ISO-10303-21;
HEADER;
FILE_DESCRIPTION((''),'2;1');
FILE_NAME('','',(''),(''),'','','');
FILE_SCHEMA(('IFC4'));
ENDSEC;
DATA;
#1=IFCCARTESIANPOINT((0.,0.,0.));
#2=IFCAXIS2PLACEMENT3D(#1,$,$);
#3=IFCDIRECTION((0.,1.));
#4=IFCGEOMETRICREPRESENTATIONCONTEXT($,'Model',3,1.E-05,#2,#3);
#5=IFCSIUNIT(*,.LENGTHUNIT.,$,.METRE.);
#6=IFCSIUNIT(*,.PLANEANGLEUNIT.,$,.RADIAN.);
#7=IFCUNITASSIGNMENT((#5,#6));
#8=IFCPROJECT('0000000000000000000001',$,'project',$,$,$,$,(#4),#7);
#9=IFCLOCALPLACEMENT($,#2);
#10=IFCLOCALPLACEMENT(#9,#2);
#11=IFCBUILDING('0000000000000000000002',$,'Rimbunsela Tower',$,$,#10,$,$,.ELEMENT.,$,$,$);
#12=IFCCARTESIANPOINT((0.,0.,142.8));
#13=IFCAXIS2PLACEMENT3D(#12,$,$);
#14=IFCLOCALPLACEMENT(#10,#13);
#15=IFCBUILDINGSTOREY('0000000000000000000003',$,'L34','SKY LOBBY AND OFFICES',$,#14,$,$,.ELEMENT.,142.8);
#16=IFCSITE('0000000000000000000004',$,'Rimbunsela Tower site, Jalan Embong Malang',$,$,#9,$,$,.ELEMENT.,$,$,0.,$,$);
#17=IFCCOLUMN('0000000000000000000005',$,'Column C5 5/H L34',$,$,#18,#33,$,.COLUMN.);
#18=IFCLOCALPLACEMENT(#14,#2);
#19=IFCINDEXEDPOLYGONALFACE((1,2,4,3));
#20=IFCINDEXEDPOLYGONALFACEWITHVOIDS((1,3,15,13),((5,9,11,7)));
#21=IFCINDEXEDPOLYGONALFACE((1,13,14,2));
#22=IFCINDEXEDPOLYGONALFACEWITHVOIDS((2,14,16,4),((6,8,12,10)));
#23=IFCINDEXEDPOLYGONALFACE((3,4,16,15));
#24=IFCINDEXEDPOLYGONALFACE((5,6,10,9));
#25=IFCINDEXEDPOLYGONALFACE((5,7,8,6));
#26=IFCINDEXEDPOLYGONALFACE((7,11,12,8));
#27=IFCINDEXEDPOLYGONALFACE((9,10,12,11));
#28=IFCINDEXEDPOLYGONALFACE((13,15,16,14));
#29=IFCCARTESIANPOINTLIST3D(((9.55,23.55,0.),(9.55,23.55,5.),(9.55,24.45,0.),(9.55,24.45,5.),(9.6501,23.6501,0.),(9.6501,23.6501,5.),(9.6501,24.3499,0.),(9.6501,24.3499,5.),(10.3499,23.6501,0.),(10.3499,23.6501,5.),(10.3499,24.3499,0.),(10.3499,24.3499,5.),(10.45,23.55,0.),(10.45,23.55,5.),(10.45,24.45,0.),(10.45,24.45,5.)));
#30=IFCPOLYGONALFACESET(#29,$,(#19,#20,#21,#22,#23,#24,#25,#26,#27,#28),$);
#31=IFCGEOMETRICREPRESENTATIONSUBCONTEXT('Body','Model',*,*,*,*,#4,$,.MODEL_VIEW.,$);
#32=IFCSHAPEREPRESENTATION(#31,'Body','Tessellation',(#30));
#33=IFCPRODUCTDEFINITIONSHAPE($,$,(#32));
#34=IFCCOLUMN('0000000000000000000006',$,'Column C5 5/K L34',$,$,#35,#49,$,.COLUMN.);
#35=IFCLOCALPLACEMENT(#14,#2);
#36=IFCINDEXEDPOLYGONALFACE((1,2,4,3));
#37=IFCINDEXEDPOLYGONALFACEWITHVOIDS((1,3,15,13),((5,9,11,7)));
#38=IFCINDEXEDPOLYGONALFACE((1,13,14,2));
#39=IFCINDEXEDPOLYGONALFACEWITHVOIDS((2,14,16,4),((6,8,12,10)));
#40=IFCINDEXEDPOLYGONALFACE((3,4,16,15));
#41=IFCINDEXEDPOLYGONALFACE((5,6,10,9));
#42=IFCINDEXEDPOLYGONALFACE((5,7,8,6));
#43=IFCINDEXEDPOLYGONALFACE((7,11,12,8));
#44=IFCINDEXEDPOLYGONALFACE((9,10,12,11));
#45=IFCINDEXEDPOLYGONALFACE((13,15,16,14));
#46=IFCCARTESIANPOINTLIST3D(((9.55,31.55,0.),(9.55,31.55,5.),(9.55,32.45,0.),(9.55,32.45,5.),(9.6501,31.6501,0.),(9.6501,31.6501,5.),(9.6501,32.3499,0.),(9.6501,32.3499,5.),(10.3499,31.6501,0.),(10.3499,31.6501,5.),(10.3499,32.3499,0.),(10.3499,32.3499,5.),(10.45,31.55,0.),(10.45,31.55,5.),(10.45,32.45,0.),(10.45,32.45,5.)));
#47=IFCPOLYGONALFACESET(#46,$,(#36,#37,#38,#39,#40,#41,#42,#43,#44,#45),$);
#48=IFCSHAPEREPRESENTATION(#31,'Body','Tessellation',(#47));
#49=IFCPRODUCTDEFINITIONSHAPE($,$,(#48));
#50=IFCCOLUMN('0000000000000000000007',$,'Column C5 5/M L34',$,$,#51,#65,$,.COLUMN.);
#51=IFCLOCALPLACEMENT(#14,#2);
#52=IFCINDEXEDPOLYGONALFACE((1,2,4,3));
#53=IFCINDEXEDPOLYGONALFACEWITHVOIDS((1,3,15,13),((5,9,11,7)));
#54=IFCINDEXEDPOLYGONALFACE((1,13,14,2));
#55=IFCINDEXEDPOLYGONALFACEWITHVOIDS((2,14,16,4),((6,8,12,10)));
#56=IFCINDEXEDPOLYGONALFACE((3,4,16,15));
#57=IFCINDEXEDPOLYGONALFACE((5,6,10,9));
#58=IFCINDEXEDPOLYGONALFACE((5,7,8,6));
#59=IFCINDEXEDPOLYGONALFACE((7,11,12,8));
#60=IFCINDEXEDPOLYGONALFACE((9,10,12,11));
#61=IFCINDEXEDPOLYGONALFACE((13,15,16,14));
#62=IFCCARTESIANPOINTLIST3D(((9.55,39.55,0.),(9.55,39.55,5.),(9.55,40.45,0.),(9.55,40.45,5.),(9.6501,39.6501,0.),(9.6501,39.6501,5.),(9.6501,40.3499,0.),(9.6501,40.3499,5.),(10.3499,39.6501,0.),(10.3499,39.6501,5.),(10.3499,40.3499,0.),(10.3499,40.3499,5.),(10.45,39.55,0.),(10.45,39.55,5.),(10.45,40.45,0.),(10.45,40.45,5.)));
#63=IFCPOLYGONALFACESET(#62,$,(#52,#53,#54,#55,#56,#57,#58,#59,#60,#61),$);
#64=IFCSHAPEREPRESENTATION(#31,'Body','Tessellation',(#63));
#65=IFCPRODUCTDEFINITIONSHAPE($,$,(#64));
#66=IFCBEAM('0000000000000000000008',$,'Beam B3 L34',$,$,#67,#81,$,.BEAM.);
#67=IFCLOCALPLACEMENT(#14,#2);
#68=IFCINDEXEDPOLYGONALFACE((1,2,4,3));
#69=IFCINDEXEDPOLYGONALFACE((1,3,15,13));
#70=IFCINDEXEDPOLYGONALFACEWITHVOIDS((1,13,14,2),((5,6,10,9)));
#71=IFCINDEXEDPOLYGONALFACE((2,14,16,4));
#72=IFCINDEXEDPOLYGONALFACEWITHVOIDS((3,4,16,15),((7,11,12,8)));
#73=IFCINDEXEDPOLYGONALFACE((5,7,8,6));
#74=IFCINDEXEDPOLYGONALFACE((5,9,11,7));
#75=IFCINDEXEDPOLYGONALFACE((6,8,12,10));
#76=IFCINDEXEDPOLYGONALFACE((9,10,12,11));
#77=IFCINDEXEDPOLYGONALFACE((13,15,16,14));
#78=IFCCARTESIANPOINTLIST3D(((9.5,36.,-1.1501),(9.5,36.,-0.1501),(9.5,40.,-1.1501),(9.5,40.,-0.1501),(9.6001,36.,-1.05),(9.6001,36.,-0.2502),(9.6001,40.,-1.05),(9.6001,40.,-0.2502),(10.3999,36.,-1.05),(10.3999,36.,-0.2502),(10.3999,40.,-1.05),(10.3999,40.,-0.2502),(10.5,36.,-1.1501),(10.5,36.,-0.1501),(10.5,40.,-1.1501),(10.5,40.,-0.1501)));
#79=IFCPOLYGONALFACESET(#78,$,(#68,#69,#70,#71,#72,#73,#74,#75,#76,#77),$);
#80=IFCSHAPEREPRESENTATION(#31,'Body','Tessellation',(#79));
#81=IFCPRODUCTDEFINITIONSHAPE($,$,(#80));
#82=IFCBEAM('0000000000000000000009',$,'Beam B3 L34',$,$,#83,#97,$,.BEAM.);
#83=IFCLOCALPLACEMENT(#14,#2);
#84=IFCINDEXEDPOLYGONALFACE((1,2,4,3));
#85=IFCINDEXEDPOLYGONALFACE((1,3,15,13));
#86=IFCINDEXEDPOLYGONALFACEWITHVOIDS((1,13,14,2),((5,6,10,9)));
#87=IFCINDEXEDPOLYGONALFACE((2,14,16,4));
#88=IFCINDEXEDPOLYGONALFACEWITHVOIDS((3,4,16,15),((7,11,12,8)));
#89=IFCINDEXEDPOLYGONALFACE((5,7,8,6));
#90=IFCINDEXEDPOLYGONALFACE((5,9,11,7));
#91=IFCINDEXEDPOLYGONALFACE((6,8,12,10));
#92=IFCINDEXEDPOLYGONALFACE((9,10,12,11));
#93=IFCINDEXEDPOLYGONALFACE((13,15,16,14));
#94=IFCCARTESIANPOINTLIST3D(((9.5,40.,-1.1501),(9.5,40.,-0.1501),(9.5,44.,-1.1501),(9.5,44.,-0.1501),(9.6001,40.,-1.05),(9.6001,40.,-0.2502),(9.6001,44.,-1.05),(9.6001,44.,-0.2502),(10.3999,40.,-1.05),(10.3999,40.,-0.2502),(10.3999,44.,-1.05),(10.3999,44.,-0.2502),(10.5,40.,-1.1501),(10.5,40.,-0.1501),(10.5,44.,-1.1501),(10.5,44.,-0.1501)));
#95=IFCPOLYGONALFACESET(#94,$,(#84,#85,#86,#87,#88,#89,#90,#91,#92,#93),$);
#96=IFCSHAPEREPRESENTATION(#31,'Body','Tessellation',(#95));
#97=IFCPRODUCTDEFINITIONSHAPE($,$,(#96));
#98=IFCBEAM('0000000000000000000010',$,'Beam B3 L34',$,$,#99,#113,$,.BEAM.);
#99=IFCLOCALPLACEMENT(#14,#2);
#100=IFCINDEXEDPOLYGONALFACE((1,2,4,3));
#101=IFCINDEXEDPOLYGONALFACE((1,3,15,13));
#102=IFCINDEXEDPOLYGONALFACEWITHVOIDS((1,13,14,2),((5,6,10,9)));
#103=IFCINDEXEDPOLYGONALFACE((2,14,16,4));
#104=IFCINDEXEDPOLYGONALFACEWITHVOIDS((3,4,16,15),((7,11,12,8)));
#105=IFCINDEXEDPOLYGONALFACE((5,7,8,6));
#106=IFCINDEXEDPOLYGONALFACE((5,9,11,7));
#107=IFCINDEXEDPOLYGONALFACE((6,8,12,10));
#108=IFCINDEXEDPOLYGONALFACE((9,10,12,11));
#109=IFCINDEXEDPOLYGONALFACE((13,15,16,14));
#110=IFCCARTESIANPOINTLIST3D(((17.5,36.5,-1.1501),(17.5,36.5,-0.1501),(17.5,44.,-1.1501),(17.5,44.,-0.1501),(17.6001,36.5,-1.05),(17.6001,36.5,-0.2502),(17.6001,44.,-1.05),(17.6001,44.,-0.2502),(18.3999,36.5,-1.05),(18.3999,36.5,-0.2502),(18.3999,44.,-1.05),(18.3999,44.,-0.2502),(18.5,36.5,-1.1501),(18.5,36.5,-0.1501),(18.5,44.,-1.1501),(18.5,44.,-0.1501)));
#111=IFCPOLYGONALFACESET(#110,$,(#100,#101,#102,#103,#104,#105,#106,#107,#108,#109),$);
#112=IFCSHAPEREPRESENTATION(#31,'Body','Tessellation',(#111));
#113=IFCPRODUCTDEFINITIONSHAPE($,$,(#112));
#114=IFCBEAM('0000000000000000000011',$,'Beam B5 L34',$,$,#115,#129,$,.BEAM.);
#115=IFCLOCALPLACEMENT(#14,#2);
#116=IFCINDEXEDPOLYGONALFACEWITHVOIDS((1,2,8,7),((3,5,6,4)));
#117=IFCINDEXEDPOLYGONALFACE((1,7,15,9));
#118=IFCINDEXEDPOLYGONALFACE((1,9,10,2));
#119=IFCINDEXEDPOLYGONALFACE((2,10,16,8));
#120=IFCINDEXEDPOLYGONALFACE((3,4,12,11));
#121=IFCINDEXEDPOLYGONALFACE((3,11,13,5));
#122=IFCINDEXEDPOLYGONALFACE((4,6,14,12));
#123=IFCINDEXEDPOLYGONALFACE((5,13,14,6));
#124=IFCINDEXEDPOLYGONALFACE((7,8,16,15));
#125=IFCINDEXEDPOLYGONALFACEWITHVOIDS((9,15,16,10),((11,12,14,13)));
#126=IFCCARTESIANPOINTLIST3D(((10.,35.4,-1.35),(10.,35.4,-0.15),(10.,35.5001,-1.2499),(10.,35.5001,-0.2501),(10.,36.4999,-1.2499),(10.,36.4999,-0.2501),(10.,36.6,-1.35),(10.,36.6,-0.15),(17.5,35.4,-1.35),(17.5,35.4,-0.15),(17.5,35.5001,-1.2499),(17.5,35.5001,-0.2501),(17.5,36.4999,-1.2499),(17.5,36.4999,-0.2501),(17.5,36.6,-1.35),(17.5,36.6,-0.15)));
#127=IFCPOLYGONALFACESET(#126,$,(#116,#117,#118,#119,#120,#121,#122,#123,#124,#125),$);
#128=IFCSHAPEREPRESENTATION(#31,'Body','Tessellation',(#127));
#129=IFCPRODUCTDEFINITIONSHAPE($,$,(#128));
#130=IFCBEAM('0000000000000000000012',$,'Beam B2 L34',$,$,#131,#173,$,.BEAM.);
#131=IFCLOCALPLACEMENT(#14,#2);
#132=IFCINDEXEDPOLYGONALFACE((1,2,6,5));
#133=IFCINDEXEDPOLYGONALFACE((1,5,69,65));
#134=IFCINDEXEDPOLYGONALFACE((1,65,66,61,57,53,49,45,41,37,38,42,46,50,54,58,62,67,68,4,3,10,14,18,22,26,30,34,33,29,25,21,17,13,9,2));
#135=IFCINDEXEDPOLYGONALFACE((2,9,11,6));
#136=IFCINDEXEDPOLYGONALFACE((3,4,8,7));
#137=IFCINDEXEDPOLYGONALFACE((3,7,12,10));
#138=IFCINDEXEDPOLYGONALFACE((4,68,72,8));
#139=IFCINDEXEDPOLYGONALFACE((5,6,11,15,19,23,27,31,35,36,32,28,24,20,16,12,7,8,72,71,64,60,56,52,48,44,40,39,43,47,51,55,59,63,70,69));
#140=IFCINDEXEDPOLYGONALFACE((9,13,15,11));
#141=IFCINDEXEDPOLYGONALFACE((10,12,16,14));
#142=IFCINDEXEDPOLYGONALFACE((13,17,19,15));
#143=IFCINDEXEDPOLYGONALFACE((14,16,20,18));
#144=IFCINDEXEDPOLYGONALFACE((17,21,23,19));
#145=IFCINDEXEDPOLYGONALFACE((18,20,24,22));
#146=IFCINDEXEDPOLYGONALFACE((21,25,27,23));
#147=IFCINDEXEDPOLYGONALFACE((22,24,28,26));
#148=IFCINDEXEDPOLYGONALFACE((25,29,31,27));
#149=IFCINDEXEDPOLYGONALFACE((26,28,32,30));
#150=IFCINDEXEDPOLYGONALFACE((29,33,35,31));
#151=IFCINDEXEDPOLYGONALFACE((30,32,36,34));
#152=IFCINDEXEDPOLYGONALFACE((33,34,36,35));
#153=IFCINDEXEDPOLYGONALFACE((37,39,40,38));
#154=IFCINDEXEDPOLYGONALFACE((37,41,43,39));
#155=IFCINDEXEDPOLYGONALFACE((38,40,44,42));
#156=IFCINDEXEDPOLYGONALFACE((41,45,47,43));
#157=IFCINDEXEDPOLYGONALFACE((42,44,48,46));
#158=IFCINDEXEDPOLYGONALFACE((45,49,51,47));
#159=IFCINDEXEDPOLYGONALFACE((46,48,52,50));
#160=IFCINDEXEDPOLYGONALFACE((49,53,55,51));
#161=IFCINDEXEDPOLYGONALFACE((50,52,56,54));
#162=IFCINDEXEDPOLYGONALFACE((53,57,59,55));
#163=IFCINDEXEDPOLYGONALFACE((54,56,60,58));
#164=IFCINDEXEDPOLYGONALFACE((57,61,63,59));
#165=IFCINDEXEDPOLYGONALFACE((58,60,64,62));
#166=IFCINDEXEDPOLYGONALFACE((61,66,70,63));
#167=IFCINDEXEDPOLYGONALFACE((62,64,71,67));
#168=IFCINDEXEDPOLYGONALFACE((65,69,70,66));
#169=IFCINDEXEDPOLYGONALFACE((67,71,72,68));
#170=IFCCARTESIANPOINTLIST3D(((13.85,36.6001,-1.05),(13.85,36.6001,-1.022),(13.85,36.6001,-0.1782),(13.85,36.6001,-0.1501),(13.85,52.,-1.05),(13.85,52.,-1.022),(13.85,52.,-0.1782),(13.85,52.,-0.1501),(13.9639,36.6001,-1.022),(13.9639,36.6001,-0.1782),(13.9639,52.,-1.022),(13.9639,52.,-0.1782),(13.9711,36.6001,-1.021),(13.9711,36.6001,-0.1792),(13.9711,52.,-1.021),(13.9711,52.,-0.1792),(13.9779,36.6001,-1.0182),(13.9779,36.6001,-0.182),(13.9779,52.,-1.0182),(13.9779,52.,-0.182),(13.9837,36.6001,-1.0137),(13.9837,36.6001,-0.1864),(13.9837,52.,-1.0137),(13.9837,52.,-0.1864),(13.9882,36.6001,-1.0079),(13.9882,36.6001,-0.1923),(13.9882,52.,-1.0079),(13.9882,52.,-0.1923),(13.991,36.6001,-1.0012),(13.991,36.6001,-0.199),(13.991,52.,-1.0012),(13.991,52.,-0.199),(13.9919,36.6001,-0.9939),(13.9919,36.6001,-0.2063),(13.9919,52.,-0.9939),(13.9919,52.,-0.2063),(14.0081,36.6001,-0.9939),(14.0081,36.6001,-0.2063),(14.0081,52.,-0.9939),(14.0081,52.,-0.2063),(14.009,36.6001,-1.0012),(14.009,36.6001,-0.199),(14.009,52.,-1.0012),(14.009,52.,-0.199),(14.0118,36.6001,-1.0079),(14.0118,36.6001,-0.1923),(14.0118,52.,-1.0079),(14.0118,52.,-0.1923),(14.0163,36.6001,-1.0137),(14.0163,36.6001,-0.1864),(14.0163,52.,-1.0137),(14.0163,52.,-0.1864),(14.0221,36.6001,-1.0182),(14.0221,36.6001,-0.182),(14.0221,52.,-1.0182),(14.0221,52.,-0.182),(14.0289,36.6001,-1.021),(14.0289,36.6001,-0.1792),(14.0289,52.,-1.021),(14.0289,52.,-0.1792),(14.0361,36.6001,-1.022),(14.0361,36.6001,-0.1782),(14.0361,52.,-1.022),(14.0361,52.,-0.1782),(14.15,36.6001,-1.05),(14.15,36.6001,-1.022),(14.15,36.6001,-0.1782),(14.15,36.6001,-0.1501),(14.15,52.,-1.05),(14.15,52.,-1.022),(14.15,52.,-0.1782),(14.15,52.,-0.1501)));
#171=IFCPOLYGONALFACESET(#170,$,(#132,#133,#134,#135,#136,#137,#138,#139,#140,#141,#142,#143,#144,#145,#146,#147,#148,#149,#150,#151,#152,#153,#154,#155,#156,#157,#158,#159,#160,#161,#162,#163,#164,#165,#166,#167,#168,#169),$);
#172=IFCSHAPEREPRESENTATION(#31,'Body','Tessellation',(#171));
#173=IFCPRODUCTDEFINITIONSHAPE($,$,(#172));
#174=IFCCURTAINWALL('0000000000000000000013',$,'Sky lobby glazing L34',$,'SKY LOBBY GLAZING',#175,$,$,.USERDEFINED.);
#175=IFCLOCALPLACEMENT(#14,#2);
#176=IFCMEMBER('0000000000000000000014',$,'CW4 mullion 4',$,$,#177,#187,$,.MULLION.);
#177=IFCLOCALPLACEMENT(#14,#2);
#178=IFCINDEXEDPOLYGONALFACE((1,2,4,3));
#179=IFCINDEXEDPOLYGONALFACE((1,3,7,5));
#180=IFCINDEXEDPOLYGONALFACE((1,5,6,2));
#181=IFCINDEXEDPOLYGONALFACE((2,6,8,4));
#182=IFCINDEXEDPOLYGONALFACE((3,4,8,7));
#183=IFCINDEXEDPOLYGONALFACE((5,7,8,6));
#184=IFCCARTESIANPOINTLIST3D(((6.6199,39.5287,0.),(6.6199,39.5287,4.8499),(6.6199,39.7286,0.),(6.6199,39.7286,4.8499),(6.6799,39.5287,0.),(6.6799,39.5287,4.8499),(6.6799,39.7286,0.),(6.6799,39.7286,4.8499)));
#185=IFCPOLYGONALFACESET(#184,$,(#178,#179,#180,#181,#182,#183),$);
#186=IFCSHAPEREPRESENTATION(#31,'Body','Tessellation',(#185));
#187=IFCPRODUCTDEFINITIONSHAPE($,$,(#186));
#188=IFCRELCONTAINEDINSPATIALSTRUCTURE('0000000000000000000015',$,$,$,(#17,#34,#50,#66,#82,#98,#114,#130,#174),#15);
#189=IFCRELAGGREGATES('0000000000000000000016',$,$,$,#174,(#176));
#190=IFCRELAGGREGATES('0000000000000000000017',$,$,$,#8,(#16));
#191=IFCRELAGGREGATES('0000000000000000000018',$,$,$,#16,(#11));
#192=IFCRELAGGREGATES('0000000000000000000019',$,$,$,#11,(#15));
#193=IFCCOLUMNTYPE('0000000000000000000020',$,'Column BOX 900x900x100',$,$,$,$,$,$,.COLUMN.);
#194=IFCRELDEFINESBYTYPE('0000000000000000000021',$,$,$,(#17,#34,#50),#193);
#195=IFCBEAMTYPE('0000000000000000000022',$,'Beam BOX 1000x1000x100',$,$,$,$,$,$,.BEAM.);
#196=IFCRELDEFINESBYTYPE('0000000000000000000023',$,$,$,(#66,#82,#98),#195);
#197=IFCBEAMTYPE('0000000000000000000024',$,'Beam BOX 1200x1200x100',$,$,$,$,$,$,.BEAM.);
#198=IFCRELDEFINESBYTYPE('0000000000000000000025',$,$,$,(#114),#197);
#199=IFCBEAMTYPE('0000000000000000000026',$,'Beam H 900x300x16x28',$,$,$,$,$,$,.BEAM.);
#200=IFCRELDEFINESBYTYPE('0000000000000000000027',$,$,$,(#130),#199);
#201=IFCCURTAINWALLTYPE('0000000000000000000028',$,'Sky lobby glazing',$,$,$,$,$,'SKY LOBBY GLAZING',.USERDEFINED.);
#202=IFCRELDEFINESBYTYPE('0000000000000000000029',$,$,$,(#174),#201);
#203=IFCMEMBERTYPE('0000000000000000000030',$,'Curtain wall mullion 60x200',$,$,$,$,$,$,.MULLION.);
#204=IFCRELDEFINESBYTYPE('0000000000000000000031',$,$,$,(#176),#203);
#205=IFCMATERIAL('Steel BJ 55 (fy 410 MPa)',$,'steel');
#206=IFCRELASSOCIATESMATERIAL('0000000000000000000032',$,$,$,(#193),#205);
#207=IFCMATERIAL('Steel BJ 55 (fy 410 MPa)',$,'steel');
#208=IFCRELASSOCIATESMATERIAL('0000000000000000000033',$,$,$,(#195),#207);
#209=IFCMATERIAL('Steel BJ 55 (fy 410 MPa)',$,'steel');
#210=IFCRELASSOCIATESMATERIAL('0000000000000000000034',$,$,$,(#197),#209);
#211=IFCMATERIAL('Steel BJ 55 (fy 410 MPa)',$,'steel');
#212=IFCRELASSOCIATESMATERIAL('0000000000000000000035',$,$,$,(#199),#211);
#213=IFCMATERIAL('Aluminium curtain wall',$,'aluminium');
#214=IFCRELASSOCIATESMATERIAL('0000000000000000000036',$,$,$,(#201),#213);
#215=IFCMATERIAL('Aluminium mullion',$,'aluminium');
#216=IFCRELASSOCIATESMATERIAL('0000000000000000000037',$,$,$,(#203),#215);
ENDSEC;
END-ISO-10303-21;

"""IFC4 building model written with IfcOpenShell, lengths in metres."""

from ifc_helpers import new_model, si_unit, direction, frame, origin, origin_2d, place, context, subcontext, project, spatial, rectangle, hollow_rectangle, i_section, extrude, material, material_profile, profile_set, type_object, element, aggregate, save


model = new_model("IFC4")

# Units and contexts
model_context = context("Model", 3, precision=1e-05, world=origin(), true_north=direction((0.0, 1.0)))
body_context = subcontext(model_context, "Body", "Model", "MODEL_VIEW")
ifc_project = project(units=[si_unit("LENGTHUNIT", "METRE"), si_unit("PLANEANGLEUNIT", "RADIAN")], contexts=[model_context])

# Site, building, storey
site_placement = place(None, origin())
site = spatial("IfcSite", under=ifc_project, at=site_placement, Name="Rimbunsela Tower site, Jalan Embong Malang", CompositionType="ELEMENT", RefElevation=0.0)
building_placement = place(site_placement, origin())
building = spatial("IfcBuilding", under=site, at=building_placement, Name="Rimbunsela Tower", CompositionType="ELEMENT")
storey_placement = place(building_placement, frame((0.0, 0.0, 142.8)))
storey = spatial("IfcBuildingStorey", under=building, at=storey_placement, Name="L34", Description="SKY LOBBY AND OFFICES", CompositionType="ELEMENT", Elevation=142.8)

# Columns
ifc_material_1 = material(Name="Steel BJ 55 (fy 410 MPa)", Category="steel")
ifc_material_profile_1 = material_profile(ifc_material_1, hollow_rectangle(XDim=0.8999, YDim=0.8999, WallThickness=0.1001, at=origin_2d()), Name="BOX 900x900x100")
ifc_profile_set_1 = profile_set([ifc_material_profile_1], Name="Steel BJ 55 (fy 410 MPa)")
column_type = type_object("IfcColumnType", Name="Column BOX 900x900x100", PredefinedType="COLUMN", material=ifc_profile_set_1)
for number, where, z_axis, x_axis, name in (
    (1, (10.0, 24.0, 0.0), (0.0, 0.0, 1.0), (1.0, 0.0, 0.0), "Column C5 5/H L34"),
    (2, (10.0, 32.0, 0.0), (0.0, 0.0, 1.0), (1.0, 0.0, 0.0), "Column C5 5/K L34"),
    (3, (10.0, 40.0, 0.0), (0.0, 0.0, 1.0), (1.0, 0.0, 0.0), "Column C5 5/M L34"),
):
    element("IfcColumn", number, at=place(storey_placement, frame(where, z_axis=z_axis, x_axis=x_axis)), inside=storey, type_object=column_type, Name=name, PredefinedType="COLUMN", context=body_context, shape_type="SweptSolid", body=[
        extrude(hollow_rectangle(XDim=0.8999, YDim=0.8999, WallThickness=0.1001, at=origin_2d()), origin(), (0.0, 0.0, 1.0), 5.0),
    ])

# Beams
ifc_material_2 = material(Name="Steel BJ 55 (fy 410 MPa)", Category="steel")
ifc_material_profile_2 = material_profile(ifc_material_2, hollow_rectangle(XDim=1.0, YDim=1.0, WallThickness=0.1001, at=origin_2d()), Name="BOX 1000x1000x100")
ifc_profile_set_2 = profile_set([ifc_material_profile_2], Name="Steel BJ 55 (fy 410 MPa)")
beam_type_1 = type_object("IfcBeamType", Name="Beam BOX 1000x1000x100", PredefinedType="BEAM", material=ifc_profile_set_2)
for number, where, z_axis, x_axis, name in (
    (4, (10.0, 36.0, -0.6501), (0.0, 1.0, 0.0), (-1.0, 0.0, 0.0), "Beam B3 L34"),
    (5, (10.0, 40.0, -0.6501), (0.0, 1.0, 0.0), (-1.0, 0.0, 0.0), "Beam B3 L34"),
):
    element("IfcBeam", number, at=place(storey_placement, frame(where, z_axis=z_axis, x_axis=x_axis)), inside=storey, type_object=beam_type_1, Name=name, PredefinedType="BEAM", context=body_context, shape_type="SweptSolid", body=[
        extrude(hollow_rectangle(XDim=1.0, YDim=1.0, WallThickness=0.1001, at=origin_2d()), origin(), (0.0, 0.0, 1.0), 4.0),
    ])
beam_1_placement = place(storey_placement, frame((18.0, 36.5, -0.6501), z_axis=(0.0, 1.0, 0.0), x_axis=(-1.0, 0.0, 0.0)))
element("IfcBeam", 6, at=beam_1_placement, inside=storey, type_object=beam_type_1, Name="Beam B3 L34", PredefinedType="BEAM", context=body_context, shape_type="SweptSolid", body=[
    extrude(hollow_rectangle(XDim=1.0, YDim=1.0, WallThickness=0.1001, at=origin_2d()), origin(), (0.0, 0.0, 1.0), 7.5),
])
ifc_material_3 = material(Name="Steel BJ 55 (fy 410 MPa)", Category="steel")
ifc_material_profile_3 = material_profile(ifc_material_3, hollow_rectangle(XDim=1.2, YDim=1.2, WallThickness=0.1001, at=origin_2d()), Name="BOX 1200x1200x100")
ifc_profile_set_3 = profile_set([ifc_material_profile_3], Name="Steel BJ 55 (fy 410 MPa)")
beam_type_2 = type_object("IfcBeamType", Name="Beam BOX 1200x1200x100", PredefinedType="BEAM", material=ifc_profile_set_3)
beam_2_placement = place(storey_placement, frame((10.0, 36.0, -0.75), z_axis=(1.0, 0.0, 0.0), x_axis=(0.0, 1.0, 0.0)))
element("IfcBeam", 7, at=beam_2_placement, inside=storey, type_object=beam_type_2, Name="Beam B5 L34", PredefinedType="BEAM", context=body_context, shape_type="SweptSolid", body=[
    extrude(hollow_rectangle(XDim=1.2, YDim=1.2, WallThickness=0.1001, at=origin_2d()), origin(), (0.0, 0.0, 1.0), 7.5),
])
ifc_material_4 = material(Name="Steel BJ 55 (fy 410 MPa)", Category="steel")
ifc_material_profile_4 = material_profile(ifc_material_4, i_section(OverallWidth=0.3, OverallDepth=0.8999, WebThickness=0.0161, FlangeThickness=0.0281, FilletRadius=0.0281, at=origin_2d()), Name="H 900x300x16x28")
ifc_profile_set_4 = profile_set([ifc_material_profile_4], Name="Steel BJ 55 (fy 410 MPa)")
beam_type_3 = type_object("IfcBeamType", Name="Beam H 900x300x16x28", PredefinedType="BEAM", material=ifc_profile_set_4)
beam_3_placement = place(storey_placement, frame((14.0, 36.6001, -0.6001), z_axis=(0.0, 1.0, 0.0), x_axis=(-1.0, 0.0, 0.0)))
element("IfcBeam", 8, at=beam_3_placement, inside=storey, type_object=beam_type_3, Name="Beam B2 L34", PredefinedType="BEAM", context=body_context, shape_type="SweptSolid", body=[
    extrude(i_section(OverallWidth=0.3, OverallDepth=0.8999, WebThickness=0.0161, FlangeThickness=0.0281, FilletRadius=0.0281, at=origin_2d()), origin(), (0.0, 0.0, 1.0), 15.3999),
])

# Curtain wall, member
ifc_material_5 = material(Name="Aluminium curtain wall", Category="aluminium")
curtain_wall_type = type_object("IfcCurtainWallType", Name="Sky lobby glazing", ElementType="SKY LOBBY GLAZING", PredefinedType="USERDEFINED", material=ifc_material_5)
curtain_wall_placement = place(storey_placement, origin())
curtain_wall = element("IfcCurtainWall", 9, at=curtain_wall_placement, inside=storey, type_object=curtain_wall_type, Name="Sky lobby glazing L34", ObjectType="SKY LOBBY GLAZING", PredefinedType="USERDEFINED")
ifc_material_6 = material(Name="Aluminium mullion", Category="aluminium")
ifc_material_profile_5 = material_profile(ifc_material_6, rectangle(XDim=0.0601, YDim=0.2, at=origin_2d()), Name="Mullion 60x200")
ifc_profile_set_5 = profile_set([ifc_material_profile_5], Name="Aluminium mullion")
member_type_1 = type_object("IfcMemberType", Name="Curtain wall mullion 60x200", PredefinedType="MULLION", material=ifc_profile_set_5)
member_1_placement = place(storey_placement, frame((6.6499, 39.6287, 0.0), z_axis=(0.0, 0.0, 1.0), x_axis=(1.0, 0.0, 0.0)))
member_1 = element("IfcMember", 10, at=member_1_placement, type_object=member_type_1, Name="CW4 mullion 4", PredefinedType="MULLION", context=body_context, shape_type="SweptSolid", body=[
    extrude(rectangle(XDim=0.0601, YDim=0.2, at=origin_2d()), origin(), (0.0, 0.0, 1.0), 4.8499),
])
aggregate(curtain_wall, [member_1])

save(model, "model.ifc")
